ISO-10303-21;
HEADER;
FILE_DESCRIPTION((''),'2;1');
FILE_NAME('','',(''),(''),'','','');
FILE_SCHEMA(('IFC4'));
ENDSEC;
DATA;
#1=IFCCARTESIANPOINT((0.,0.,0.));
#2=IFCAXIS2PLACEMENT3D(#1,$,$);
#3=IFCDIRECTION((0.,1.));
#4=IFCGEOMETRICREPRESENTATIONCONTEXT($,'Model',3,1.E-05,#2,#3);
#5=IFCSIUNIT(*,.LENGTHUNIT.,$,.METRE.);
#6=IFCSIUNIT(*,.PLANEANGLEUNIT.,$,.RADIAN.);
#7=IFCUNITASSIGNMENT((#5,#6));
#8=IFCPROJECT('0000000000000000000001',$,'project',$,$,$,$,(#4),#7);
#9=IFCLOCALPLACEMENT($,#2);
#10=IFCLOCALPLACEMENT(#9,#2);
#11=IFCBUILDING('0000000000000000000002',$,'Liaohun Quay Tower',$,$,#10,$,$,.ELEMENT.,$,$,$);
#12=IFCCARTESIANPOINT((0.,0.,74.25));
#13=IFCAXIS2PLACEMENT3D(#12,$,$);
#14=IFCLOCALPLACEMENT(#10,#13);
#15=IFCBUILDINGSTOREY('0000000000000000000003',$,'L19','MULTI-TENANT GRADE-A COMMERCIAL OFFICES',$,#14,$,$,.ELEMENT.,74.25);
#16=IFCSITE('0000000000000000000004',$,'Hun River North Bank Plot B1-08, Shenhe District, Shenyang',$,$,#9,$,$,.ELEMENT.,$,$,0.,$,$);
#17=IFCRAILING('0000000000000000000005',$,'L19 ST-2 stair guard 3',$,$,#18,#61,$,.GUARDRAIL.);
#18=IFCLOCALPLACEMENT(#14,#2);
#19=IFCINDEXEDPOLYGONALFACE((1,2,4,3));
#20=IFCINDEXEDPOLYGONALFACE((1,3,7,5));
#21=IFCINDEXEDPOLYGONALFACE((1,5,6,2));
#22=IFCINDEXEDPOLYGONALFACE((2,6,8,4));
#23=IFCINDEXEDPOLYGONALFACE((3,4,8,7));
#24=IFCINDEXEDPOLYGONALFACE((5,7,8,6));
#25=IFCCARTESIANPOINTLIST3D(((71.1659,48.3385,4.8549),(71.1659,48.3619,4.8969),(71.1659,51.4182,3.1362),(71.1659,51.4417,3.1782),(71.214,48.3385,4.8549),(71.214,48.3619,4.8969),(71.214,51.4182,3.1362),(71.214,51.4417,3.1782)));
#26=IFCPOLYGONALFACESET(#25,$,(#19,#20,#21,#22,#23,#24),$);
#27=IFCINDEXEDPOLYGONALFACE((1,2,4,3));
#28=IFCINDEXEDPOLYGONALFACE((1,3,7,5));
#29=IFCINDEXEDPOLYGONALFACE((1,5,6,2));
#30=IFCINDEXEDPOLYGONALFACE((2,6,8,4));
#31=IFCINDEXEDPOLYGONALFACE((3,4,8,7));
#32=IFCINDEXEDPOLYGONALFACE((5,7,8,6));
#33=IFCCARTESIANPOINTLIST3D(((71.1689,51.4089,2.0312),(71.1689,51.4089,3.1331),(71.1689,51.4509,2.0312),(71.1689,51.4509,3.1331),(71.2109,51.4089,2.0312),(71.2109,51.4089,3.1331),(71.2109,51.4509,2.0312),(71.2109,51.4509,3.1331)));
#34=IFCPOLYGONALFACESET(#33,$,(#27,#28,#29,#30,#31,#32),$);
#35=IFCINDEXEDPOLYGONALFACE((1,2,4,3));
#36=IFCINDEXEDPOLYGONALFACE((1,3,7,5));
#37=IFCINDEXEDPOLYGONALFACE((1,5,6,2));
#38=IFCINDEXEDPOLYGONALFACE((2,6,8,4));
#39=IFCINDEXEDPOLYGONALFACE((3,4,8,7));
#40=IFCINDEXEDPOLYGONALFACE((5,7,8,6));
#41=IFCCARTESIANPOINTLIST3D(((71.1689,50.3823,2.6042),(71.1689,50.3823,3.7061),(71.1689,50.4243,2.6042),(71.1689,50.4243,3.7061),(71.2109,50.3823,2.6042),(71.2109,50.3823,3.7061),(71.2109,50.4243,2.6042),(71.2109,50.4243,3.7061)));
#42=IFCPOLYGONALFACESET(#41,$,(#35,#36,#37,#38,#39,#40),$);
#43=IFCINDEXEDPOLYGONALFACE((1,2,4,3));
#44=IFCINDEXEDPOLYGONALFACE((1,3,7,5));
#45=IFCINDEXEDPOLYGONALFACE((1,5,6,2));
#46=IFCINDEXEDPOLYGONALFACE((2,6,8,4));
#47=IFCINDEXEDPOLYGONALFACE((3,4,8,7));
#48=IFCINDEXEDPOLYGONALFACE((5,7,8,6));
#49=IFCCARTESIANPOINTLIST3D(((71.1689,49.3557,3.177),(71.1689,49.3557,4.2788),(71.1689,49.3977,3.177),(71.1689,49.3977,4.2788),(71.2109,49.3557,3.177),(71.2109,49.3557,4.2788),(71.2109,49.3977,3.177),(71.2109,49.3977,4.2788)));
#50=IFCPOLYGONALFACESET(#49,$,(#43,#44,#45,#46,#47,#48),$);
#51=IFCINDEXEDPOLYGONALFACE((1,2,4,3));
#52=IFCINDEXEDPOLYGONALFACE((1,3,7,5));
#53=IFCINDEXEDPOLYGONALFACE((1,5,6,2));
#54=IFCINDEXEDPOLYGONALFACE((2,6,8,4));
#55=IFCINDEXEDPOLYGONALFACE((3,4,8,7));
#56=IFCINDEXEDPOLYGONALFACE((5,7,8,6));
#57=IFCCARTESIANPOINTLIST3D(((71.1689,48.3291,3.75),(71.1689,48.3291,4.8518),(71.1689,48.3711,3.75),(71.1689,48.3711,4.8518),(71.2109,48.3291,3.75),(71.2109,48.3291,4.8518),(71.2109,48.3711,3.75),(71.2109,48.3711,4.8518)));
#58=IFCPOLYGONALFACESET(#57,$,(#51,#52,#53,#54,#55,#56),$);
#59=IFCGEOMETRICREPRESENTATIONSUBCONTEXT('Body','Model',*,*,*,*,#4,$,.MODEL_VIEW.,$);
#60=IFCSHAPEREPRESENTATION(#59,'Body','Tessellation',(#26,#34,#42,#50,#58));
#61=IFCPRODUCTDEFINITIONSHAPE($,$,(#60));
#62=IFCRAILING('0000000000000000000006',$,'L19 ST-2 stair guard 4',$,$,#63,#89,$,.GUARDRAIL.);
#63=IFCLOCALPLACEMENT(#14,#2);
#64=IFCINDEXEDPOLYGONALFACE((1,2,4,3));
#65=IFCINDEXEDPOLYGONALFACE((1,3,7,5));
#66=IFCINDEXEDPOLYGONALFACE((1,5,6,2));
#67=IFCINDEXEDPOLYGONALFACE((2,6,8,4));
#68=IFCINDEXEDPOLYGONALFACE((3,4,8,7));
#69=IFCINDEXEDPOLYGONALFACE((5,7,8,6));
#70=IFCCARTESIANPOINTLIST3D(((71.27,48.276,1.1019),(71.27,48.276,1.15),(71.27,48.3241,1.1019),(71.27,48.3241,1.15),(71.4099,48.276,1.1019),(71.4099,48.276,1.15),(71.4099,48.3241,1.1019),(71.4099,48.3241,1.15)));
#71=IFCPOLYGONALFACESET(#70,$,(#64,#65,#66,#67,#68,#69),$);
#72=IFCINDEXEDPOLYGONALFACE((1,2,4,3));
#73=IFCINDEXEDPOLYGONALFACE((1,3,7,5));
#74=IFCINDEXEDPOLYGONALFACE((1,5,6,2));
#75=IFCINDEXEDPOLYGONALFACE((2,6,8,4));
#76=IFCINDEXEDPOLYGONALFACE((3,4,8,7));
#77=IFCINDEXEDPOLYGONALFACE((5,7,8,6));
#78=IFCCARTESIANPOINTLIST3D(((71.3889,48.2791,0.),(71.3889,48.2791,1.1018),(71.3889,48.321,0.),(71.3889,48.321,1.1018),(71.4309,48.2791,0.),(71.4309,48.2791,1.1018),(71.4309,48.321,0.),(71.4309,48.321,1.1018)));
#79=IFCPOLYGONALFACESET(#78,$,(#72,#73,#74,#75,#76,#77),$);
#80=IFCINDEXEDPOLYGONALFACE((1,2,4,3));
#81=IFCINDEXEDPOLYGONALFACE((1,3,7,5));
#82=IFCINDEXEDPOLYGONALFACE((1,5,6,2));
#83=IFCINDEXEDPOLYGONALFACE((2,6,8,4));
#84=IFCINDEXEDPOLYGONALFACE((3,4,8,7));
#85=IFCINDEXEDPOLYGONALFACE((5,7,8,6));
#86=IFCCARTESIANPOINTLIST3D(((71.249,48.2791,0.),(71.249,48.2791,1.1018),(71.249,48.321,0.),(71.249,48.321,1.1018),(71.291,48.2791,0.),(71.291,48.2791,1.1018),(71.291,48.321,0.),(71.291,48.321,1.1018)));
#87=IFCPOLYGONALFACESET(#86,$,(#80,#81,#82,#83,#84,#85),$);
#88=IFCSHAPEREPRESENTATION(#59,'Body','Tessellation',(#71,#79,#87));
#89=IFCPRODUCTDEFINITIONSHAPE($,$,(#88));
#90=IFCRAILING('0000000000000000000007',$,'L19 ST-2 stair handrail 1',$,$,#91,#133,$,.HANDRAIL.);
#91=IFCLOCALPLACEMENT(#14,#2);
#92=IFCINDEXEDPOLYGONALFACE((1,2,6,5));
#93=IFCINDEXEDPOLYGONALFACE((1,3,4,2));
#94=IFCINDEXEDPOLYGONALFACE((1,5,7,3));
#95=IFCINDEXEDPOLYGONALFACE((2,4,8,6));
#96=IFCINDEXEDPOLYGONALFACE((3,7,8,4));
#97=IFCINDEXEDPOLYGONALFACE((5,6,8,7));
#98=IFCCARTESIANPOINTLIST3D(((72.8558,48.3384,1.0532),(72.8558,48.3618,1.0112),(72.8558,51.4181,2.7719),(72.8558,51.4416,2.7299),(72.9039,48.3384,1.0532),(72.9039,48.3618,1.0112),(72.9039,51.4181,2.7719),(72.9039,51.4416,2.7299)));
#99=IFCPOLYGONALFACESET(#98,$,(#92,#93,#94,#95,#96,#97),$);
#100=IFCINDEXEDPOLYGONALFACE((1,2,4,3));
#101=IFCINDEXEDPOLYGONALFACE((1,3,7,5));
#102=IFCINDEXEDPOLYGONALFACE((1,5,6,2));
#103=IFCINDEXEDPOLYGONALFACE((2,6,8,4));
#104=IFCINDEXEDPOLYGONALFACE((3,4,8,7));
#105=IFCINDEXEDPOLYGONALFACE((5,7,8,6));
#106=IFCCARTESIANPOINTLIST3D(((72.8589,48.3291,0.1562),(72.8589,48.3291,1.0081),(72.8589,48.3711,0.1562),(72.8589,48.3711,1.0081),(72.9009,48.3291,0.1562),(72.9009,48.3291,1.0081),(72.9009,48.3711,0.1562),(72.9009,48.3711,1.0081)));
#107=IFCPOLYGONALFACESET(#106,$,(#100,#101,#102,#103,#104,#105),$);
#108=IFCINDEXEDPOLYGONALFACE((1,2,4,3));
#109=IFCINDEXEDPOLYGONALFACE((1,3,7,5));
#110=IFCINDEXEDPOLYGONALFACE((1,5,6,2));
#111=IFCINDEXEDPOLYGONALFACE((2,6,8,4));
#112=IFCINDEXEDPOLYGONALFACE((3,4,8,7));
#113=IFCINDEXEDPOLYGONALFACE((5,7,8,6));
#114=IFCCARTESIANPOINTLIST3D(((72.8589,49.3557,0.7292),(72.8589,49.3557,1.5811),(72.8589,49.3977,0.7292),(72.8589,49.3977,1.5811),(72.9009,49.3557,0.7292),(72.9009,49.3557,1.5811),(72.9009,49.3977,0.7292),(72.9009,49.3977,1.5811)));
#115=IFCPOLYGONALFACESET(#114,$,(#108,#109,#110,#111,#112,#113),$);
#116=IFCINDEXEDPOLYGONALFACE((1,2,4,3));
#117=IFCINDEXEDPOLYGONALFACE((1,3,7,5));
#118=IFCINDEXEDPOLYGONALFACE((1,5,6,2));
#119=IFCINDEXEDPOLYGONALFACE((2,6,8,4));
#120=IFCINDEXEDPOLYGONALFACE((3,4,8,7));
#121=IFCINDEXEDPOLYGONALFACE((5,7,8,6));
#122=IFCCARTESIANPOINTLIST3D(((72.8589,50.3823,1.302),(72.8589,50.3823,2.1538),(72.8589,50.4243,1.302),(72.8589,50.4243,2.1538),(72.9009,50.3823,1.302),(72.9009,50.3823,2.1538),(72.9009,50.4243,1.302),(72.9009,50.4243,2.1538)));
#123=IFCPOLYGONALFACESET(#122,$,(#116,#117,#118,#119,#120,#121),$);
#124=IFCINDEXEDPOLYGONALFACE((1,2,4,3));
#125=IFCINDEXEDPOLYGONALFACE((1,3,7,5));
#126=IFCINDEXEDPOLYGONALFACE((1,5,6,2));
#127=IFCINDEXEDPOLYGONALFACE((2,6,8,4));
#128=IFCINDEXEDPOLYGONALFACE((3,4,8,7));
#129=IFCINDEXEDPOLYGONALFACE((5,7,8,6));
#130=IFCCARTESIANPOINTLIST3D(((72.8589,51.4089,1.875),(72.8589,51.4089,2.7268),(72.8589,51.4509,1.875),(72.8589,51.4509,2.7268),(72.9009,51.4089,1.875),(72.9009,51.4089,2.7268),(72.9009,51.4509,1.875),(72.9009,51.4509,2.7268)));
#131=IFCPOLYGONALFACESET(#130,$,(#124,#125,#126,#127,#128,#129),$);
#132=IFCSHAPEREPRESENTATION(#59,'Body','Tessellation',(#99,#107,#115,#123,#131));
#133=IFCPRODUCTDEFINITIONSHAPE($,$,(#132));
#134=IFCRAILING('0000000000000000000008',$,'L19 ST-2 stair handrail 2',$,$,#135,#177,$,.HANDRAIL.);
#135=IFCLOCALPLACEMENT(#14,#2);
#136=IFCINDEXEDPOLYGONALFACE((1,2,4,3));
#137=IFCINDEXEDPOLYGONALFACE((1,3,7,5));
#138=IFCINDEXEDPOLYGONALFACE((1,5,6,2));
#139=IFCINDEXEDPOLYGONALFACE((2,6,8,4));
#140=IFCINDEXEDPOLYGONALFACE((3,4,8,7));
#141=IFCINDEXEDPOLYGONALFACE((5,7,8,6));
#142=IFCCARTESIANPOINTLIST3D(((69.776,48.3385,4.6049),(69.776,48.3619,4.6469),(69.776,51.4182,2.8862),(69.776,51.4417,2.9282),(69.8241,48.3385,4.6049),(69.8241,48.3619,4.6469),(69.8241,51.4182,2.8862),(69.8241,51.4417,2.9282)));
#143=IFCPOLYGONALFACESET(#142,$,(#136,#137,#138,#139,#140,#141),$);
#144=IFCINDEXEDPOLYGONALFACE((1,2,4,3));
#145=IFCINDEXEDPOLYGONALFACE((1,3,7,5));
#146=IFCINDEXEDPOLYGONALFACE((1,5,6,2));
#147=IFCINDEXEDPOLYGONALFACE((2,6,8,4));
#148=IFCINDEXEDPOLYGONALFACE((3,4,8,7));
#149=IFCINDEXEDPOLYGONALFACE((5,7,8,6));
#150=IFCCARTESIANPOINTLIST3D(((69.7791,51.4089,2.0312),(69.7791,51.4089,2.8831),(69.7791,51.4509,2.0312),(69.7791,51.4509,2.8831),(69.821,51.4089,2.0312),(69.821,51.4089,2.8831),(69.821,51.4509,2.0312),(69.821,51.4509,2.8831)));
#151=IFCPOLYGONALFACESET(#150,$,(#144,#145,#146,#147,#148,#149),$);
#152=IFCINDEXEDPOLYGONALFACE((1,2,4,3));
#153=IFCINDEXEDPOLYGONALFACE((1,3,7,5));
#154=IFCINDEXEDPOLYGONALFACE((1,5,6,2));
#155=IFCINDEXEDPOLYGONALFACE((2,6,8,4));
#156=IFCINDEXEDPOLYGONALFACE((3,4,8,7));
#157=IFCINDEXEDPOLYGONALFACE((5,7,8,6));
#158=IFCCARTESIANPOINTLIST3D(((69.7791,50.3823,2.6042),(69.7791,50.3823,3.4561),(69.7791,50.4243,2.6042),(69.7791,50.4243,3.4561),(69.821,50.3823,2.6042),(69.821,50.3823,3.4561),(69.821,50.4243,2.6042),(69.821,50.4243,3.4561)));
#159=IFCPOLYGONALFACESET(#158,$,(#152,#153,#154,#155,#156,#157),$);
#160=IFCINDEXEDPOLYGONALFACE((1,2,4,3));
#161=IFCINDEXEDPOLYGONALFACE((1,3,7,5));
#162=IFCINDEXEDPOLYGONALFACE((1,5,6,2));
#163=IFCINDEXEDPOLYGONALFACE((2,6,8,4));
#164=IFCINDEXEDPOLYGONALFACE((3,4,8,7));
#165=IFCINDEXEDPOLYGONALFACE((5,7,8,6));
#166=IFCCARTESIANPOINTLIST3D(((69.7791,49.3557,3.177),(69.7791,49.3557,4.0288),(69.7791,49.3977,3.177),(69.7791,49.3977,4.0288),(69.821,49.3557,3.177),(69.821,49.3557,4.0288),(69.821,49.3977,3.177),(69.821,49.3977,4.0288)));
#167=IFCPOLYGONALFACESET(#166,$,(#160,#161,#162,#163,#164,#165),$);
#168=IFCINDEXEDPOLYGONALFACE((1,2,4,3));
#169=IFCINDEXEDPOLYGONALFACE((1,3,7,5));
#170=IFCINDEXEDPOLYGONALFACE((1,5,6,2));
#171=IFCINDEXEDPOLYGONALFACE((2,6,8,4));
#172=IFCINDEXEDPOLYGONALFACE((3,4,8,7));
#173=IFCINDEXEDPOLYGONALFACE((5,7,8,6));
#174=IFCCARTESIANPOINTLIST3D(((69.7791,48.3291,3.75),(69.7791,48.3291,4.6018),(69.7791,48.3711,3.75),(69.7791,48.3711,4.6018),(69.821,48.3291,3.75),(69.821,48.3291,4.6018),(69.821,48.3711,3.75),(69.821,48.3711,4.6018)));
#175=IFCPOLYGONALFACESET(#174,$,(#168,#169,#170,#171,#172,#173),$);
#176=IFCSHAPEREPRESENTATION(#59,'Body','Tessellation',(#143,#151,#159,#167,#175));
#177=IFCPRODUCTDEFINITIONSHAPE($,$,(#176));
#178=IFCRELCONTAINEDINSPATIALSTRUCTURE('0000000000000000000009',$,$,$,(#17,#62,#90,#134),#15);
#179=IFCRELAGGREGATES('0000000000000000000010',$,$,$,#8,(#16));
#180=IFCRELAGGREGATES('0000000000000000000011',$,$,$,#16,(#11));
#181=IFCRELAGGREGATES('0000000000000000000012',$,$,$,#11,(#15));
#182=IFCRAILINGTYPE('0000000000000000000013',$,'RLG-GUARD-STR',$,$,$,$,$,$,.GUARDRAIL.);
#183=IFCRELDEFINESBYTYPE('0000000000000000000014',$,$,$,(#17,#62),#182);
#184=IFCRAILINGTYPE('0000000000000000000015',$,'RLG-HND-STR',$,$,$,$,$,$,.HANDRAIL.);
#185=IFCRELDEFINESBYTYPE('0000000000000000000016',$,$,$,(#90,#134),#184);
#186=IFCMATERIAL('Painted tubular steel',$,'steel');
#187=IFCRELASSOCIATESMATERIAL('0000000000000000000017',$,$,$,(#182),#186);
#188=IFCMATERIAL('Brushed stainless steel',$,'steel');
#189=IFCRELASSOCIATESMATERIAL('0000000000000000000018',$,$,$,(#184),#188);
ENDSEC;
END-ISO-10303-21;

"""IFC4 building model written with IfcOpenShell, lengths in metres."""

from ifc_helpers import new_model, si_unit, direction, frame, origin, origin_2d, place, context, subcontext, project, spatial, rectangle, extrude, material, type_object, element, save


model = new_model("IFC4")

# Units and contexts
model_context = context("Model", 3, precision=1e-05, world=origin(), true_north=direction((0.0, 1.0)))
body_context = subcontext(model_context, "Body", "Model", "MODEL_VIEW")
ifc_project = project(units=[si_unit("LENGTHUNIT", "METRE"), si_unit("PLANEANGLEUNIT", "RADIAN")], contexts=[model_context])

# Site, building, storey
site_placement = place(None, origin())
site = spatial("IfcSite", under=ifc_project, at=site_placement, Name="Hun River North Bank Plot B1-08, Shenhe District, Shenyang", CompositionType="ELEMENT", RefElevation=0.0)
building_placement = place(site_placement, origin())
building = spatial("IfcBuilding", under=site, at=building_placement, Name="Liaohun Quay Tower", CompositionType="ELEMENT")
storey_placement = place(building_placement, frame((0.0, 0.0, 74.25)))
storey = spatial("IfcBuildingStorey", under=building, at=storey_placement, Name="L19", Description="MULTI-TENANT GRADE-A COMMERCIAL OFFICES", CompositionType="ELEMENT", Elevation=74.25)

# Railings
ifc_material_1 = material(Name="Painted tubular steel", Category="steel")
railing_type_1 = type_object("IfcRailingType", Name="RLG-GUARD-STR", PredefinedType="GUARDRAIL", material=ifc_material_1)
railing_1_placement = place(storey_placement, frame((71.1899, 51.4299, 2.0312)))
element("IfcRailing", 1, at=railing_1_placement, inside=storey, type_object=railing_type_1, Name="L19 ST-2 stair guard 3", PredefinedType="GUARDRAIL", context=body_context, shape_type="SweptSolid", body=[
    extrude(rectangle(XDim=0.0481, YDim=0.0481, at=origin_2d()), frame((0.0, 0.0, 1.126), z_axis=(0.0, -0.873225, 0.487317), x_axis=(1.0, 0.0, 0.0)), (0.0, 0.0, 1.0), 3.5269),
    extrude(rectangle(XDim=0.042, YDim=0.042, at=origin_2d()), origin(), (0.0, 0.0, 1.0), 1.1018),
    extrude(rectangle(XDim=0.042, YDim=0.042, at=origin_2d()), frame((0.0, -1.0266, 0.573)), (0.0, 0.0, 1.0), 1.1018),
    extrude(rectangle(XDim=0.042, YDim=0.042, at=origin_2d()), frame((0.0, -2.0532, 1.1458)), (0.0, 0.0, 1.0), 1.1018),
    extrude(rectangle(XDim=0.042, YDim=0.042, at=origin_2d()), frame((0.0, -3.0798, 1.7188)), (0.0, 0.0, 1.0), 1.1018),
])
railing_2_placement = place(storey_placement, frame((71.4099, 48.3, 0.0)))
element("IfcRailing", 2, at=railing_2_placement, inside=storey, type_object=railing_type_1, Name="L19 ST-2 stair guard 4", PredefinedType="GUARDRAIL", context=body_context, shape_type="SweptSolid", body=[
    extrude(rectangle(XDim=0.0481, YDim=0.0481, at=origin_2d()), frame((0.0, 0.0, 1.126), z_axis=(-1.0, 0.0, 0.0), x_axis=(0.0, -1.0, 0.0)), (0.0, 0.0, 1.0), 0.1399),
    extrude(rectangle(XDim=0.042, YDim=0.042, at=origin_2d()), origin(), (0.0, 0.0, 1.0), 1.1018),
    extrude(rectangle(XDim=0.042, YDim=0.042, at=origin_2d()), frame((-0.1399, 0.0, 0.0)), (0.0, 0.0, 1.0), 1.1018),
])
ifc_material_2 = material(Name="Brushed stainless steel", Category="steel")
railing_type_2 = type_object("IfcRailingType", Name="RLG-HND-STR", PredefinedType="HANDRAIL", material=ifc_material_2)
railing_3_placement = place(storey_placement, frame((72.8799, 48.3501, 0.1562)))
element("IfcRailing", 3, at=railing_3_placement, inside=storey, type_object=railing_type_2, Name="L19 ST-2 stair handrail 1", PredefinedType="HANDRAIL", context=body_context, shape_type="SweptSolid", body=[
    extrude(rectangle(XDim=0.0481, YDim=0.0481, at=origin_2d()), frame((0.0, 0.0, 0.876), z_axis=(0.0, 0.873225, 0.487317), x_axis=(-1.0, 0.0, 0.0)), (0.0, 0.0, 1.0), 3.5269),
    extrude(rectangle(XDim=0.042, YDim=0.042, at=origin_2d()), origin(), (0.0, 0.0, 1.0), 0.8518),
    extrude(rectangle(XDim=0.042, YDim=0.042, at=origin_2d()), frame((0.0, 1.0266, 0.573)), (0.0, 0.0, 1.0), 0.8518),
    extrude(rectangle(XDim=0.042, YDim=0.042, at=origin_2d()), frame((0.0, 2.0532, 1.1458)), (0.0, 0.0, 1.0), 0.8518),
    extrude(rectangle(XDim=0.042, YDim=0.042, at=origin_2d()), frame((0.0, 3.0798, 1.7188)), (0.0, 0.0, 1.0), 0.8518),
])
railing_4_placement = place(storey_placement, frame((69.8, 51.4299, 2.0312)))
element("IfcRailing", 4, at=railing_4_placement, inside=storey, type_object=railing_type_2, Name="L19 ST-2 stair handrail 2", PredefinedType="HANDRAIL", context=body_context, shape_type="SweptSolid", body=[
    extrude(rectangle(XDim=0.0481, YDim=0.0481, at=origin_2d()), frame((0.0, 0.0, 0.876), z_axis=(0.0, -0.873225, 0.487317), x_axis=(1.0, 0.0, 0.0)), (0.0, 0.0, 1.0), 3.5269),
    extrude(rectangle(XDim=0.042, YDim=0.042, at=origin_2d()), origin(), (0.0, 0.0, 1.0), 0.8518),
    extrude(rectangle(XDim=0.042, YDim=0.042, at=origin_2d()), frame((0.0, -1.0266, 0.573)), (0.0, 0.0, 1.0), 0.8518),
    extrude(rectangle(XDim=0.042, YDim=0.042, at=origin_2d()), frame((0.0, -2.0532, 1.1458)), (0.0, 0.0, 1.0), 0.8518),
    extrude(rectangle(XDim=0.042, YDim=0.042, at=origin_2d()), frame((0.0, -3.0798, 1.7188)), (0.0, 0.0, 1.0), 0.8518),
])

save(model, "model.ifc")
